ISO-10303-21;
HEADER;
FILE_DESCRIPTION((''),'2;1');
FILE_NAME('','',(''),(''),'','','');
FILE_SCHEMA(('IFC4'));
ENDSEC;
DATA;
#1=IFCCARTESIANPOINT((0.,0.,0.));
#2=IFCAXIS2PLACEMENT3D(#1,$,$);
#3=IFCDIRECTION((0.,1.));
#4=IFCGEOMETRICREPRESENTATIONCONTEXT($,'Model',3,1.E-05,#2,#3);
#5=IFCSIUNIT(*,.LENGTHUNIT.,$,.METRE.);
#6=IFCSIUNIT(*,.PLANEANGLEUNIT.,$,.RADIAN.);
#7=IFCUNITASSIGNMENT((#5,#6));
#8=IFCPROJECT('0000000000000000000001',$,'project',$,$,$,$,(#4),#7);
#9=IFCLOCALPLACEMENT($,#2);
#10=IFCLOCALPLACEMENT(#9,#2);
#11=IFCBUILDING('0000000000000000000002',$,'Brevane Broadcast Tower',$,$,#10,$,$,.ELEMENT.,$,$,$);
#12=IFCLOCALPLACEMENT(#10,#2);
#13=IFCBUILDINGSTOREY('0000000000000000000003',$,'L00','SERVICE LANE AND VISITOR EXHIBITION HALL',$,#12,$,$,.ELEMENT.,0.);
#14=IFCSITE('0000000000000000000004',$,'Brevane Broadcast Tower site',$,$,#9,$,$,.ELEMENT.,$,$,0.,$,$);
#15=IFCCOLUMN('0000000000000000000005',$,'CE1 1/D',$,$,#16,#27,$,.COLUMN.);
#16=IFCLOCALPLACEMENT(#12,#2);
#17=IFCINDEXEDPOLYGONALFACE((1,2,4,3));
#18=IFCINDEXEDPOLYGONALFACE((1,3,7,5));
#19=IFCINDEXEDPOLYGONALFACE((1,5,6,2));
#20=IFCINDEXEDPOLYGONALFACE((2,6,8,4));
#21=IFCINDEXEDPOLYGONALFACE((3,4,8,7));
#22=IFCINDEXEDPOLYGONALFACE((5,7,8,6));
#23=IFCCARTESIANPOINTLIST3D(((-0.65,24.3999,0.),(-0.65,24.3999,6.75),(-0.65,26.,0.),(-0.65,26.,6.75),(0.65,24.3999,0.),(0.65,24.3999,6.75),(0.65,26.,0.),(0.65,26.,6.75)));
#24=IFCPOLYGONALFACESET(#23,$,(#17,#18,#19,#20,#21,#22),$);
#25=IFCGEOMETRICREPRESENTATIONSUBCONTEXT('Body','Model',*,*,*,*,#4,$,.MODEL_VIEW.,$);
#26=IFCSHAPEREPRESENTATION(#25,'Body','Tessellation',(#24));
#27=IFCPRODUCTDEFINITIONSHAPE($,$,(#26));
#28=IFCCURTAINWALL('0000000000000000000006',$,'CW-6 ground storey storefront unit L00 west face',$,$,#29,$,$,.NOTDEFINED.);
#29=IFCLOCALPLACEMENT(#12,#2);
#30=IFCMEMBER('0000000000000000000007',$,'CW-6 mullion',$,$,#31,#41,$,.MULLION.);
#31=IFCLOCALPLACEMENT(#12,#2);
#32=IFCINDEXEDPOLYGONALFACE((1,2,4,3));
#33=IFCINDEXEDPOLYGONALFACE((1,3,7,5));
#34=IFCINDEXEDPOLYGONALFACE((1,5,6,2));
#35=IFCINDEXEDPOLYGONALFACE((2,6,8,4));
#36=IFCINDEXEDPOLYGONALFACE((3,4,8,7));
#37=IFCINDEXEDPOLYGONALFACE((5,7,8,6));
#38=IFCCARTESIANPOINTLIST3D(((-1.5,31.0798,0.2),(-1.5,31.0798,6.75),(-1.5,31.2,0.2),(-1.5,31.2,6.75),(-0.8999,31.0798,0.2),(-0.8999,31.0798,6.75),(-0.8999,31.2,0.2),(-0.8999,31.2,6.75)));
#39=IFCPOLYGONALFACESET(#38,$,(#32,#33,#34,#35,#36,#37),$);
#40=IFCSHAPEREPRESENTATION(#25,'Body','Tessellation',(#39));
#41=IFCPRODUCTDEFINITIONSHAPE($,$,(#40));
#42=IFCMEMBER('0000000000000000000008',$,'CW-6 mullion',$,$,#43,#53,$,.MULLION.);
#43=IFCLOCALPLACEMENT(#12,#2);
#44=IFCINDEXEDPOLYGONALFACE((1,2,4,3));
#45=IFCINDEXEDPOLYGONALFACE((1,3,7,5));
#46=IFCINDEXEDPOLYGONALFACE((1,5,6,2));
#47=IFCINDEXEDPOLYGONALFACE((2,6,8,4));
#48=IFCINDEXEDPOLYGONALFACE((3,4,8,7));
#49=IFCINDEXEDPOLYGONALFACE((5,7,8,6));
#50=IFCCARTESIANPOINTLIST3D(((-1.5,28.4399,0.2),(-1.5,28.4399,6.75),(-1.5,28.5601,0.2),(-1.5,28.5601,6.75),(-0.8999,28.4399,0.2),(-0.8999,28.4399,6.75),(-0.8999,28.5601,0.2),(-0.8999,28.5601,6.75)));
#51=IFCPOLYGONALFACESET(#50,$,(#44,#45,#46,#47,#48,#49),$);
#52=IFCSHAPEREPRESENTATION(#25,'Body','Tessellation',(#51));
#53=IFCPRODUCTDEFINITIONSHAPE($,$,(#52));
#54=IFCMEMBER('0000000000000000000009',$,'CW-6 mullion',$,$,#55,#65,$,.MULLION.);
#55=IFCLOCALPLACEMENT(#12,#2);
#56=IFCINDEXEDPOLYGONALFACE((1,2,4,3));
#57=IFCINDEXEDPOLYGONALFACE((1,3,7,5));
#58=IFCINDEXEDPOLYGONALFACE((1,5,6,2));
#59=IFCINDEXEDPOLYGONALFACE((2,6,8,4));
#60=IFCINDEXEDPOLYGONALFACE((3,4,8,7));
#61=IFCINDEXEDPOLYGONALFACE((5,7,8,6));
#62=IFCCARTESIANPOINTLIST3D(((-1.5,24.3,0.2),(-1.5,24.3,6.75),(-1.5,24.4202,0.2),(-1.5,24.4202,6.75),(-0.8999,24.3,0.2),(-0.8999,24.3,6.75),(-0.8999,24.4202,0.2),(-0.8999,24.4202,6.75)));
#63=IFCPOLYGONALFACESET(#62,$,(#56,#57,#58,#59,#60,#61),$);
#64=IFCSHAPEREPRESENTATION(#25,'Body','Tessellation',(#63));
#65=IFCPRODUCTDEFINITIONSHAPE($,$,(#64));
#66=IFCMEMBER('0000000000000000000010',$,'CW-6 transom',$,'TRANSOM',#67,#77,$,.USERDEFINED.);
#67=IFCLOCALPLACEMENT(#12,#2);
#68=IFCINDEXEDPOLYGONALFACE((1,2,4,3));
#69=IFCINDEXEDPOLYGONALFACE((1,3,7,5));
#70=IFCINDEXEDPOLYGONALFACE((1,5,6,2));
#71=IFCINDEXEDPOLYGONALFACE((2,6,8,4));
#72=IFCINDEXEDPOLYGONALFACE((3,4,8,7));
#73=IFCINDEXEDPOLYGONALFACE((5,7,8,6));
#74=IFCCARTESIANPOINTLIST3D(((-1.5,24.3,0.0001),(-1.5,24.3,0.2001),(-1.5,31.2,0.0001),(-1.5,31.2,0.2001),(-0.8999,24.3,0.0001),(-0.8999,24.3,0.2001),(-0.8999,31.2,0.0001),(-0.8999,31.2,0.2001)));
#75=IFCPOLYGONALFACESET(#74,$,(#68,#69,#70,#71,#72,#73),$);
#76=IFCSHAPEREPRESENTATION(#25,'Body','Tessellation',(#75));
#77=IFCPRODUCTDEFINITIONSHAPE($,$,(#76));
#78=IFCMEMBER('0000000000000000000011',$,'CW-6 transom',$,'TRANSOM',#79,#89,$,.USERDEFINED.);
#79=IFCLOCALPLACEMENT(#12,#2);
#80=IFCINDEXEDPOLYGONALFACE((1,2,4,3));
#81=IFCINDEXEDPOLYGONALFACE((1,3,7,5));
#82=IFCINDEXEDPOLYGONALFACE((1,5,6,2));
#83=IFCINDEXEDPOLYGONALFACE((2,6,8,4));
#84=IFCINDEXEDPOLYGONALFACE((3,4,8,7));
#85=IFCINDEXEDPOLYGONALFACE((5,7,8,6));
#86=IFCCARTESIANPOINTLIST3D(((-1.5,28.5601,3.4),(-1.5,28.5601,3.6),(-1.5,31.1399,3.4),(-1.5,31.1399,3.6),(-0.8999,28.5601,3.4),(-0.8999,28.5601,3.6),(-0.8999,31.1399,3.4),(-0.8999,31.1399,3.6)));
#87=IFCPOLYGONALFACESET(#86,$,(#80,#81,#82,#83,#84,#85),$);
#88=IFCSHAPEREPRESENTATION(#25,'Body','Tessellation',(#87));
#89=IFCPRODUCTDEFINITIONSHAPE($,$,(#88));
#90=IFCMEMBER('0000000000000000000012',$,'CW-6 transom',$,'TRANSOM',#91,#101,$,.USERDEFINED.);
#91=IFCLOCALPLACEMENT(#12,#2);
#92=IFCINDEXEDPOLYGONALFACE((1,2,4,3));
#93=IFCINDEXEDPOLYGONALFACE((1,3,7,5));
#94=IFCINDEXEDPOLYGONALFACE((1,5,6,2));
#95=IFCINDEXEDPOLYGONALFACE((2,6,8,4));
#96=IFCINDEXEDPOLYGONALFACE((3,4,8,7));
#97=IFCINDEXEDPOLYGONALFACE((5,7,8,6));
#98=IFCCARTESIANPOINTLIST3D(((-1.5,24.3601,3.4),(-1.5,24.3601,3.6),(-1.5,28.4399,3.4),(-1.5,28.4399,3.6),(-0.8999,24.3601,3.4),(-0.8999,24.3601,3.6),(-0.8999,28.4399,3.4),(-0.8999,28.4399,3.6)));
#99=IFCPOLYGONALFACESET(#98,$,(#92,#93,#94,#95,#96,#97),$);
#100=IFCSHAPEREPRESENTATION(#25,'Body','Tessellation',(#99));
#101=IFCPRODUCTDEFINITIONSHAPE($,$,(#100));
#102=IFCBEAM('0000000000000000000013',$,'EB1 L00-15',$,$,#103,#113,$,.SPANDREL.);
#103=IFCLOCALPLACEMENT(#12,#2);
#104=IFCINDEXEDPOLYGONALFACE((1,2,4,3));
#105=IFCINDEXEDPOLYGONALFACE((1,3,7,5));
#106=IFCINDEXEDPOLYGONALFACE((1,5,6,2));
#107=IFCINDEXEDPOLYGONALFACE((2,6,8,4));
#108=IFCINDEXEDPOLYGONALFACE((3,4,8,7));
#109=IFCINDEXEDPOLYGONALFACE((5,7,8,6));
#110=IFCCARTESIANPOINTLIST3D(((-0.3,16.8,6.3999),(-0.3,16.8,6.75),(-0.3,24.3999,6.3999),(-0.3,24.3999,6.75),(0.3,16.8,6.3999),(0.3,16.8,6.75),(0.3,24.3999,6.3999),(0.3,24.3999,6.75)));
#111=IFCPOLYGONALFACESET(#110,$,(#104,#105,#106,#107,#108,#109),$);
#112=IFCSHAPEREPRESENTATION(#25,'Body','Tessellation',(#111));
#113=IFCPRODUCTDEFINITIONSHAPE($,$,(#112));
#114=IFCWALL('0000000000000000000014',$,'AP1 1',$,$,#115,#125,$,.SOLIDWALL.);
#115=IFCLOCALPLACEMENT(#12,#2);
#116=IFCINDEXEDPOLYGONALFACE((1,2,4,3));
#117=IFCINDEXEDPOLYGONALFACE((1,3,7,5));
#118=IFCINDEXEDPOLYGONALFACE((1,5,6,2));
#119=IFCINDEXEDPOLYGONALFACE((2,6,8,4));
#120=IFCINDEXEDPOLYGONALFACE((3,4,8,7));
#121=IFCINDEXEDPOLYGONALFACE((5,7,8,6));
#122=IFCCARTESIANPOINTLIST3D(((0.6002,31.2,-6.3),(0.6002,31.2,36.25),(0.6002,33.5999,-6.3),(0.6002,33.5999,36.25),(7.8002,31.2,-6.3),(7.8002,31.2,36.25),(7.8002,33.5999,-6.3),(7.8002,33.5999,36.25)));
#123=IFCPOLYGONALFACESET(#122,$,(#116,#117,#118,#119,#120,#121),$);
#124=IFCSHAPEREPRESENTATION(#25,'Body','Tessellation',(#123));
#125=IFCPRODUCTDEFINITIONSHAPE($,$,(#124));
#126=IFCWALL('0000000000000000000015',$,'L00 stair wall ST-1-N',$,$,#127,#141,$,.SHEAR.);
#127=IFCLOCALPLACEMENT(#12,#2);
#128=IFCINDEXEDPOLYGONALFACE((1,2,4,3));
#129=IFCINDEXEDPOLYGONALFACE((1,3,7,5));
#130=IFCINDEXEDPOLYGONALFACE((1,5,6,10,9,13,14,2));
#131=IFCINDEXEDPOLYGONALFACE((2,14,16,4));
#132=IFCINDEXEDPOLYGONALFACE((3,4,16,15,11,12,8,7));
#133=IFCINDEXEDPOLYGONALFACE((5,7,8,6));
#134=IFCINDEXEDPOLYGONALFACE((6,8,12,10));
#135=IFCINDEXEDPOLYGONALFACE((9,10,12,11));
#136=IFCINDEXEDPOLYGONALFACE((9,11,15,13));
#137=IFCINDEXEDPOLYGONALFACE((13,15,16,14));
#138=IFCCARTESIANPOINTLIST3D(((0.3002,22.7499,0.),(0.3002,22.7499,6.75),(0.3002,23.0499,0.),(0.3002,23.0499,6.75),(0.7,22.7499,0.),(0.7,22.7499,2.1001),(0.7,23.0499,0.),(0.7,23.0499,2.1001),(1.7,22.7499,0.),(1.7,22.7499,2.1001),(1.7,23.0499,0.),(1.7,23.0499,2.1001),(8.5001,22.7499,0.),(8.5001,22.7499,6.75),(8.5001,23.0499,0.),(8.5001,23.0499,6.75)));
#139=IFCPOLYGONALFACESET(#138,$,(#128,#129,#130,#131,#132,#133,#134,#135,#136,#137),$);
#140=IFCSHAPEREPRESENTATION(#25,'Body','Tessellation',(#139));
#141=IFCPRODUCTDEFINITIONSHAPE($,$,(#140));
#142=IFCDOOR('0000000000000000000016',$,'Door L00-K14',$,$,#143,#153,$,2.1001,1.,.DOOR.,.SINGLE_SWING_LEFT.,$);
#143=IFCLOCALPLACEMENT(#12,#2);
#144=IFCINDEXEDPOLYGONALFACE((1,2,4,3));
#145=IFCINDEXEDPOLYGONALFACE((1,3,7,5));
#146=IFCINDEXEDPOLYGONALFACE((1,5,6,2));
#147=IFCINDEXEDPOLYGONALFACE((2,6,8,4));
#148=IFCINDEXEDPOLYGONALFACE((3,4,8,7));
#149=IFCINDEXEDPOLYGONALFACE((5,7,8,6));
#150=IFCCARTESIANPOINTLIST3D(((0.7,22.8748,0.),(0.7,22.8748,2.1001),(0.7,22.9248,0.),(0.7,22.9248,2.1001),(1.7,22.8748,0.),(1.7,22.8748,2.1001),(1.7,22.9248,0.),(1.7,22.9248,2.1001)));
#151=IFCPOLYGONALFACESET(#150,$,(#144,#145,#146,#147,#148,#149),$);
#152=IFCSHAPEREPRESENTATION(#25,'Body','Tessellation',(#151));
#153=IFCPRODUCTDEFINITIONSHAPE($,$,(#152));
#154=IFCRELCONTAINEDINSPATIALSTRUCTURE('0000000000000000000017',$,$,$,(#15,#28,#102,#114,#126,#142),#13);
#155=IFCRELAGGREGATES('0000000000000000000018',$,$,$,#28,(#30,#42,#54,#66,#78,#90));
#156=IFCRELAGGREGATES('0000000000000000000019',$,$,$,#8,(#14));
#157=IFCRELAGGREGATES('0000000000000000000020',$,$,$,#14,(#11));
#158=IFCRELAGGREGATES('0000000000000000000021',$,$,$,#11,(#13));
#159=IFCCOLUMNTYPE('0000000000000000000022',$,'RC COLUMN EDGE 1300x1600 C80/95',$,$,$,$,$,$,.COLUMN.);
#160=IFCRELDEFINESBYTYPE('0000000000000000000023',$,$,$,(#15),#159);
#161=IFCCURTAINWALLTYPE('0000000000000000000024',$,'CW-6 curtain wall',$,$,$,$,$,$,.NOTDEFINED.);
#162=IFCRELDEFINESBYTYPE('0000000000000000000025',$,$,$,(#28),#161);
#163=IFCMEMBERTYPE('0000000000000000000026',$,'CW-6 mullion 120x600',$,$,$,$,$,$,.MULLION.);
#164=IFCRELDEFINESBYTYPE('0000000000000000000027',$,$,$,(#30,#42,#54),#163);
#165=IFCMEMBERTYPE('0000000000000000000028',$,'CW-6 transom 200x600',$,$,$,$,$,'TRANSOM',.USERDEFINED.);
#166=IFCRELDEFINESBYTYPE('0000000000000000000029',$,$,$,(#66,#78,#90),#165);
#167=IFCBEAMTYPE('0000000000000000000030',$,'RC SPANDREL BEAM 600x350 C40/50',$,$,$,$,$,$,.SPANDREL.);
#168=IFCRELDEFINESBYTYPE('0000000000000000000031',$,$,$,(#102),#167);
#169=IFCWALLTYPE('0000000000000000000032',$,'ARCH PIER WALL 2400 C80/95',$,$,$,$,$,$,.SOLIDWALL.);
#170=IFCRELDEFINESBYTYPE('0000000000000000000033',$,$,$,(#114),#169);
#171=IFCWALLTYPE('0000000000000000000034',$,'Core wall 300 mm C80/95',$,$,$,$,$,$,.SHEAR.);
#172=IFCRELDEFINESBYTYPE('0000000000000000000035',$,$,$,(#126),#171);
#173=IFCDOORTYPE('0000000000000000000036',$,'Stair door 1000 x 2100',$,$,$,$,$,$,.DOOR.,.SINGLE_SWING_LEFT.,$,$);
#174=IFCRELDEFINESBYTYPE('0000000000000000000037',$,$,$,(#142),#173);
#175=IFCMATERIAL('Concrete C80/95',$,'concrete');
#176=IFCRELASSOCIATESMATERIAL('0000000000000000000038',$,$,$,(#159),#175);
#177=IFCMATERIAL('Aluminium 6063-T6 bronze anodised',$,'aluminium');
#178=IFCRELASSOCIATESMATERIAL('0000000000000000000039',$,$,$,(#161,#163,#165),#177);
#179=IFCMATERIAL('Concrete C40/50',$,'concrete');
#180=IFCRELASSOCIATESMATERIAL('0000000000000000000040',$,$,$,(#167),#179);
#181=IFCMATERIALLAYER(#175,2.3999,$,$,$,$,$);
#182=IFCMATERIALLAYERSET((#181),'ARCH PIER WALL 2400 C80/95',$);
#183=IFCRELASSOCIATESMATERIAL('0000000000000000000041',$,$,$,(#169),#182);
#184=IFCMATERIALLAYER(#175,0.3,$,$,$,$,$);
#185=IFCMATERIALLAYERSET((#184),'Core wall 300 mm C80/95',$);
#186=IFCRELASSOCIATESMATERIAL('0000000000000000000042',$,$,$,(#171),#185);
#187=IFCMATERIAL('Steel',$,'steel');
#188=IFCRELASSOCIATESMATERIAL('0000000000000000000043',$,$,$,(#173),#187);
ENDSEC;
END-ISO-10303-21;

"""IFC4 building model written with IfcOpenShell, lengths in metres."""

from ifc_helpers import new_model, si_unit, direction, frame, frame_2d, origin, origin_2d, place, context, subcontext, project, spatial, rectangle, extrude, material, layer, layer_set, material_profile, profile_set, type_object, element, fill, aggregate, save


model = new_model("IFC4")

# Units and contexts
model_context = context("Model", 3, precision=1e-05, world=origin(), true_north=direction((0.0, 1.0)))
body_context = subcontext(model_context, "Body", "Model", "MODEL_VIEW")
ifc_project = project(units=[si_unit("LENGTHUNIT", "METRE"), si_unit("PLANEANGLEUNIT", "RADIAN")], contexts=[model_context])

# Site, building, storey
site_placement = place(None, origin())
site = spatial("IfcSite", under=ifc_project, at=site_placement, Name="Brevane Broadcast Tower site", CompositionType="ELEMENT", RefElevation=0.0)
building_placement = place(site_placement, origin())
building = spatial("IfcBuilding", under=site, at=building_placement, Name="Brevane Broadcast Tower", CompositionType="ELEMENT")
storey_placement = place(building_placement, origin())
storey = spatial("IfcBuildingStorey", under=building, at=storey_placement, Name="L00", Description="SERVICE LANE AND VISITOR EXHIBITION HALL", CompositionType="ELEMENT", Elevation=0.0)

# Column
ifc_material_1 = material(Name="Concrete C80/95", Category="concrete")
ifc_material_profile_1 = material_profile(ifc_material_1, rectangle(XDim=1.3, YDim=1.6001, at=origin_2d()), Name="RC 1300x1600")
ifc_profile_set_1 = profile_set([ifc_material_profile_1], Name="Concrete C80/95")
column_type = type_object("IfcColumnType", Name="RC COLUMN EDGE 1300x1600 C80/95", PredefinedType="COLUMN", material=ifc_profile_set_1)
column_placement = place(storey_placement, frame((0.0, 25.2, 0.0), z_axis=(0.0, 0.0, 1.0), x_axis=(1.0, 0.0, 0.0)))
element("IfcColumn", 1, at=column_placement, inside=storey, type_object=column_type, Name="CE1 1/D", PredefinedType="COLUMN", context=body_context, shape_type="SweptSolid", body=[
    extrude(rectangle(XDim=1.3, YDim=1.6001, at=origin_2d()), origin(), (0.0, 0.0, 1.0), 6.75),
])

# Curtain wall, members
ifc_material_2 = material(Name="Aluminium 6063-T6 bronze anodised", Category="aluminium")
curtain_wall_type = type_object("IfcCurtainWallType", Name="CW-6 curtain wall", PredefinedType="NOTDEFINED", material=ifc_material_2)
curtain_wall_placement = place(storey_placement, origin())
curtain_wall = element("IfcCurtainWall", 2, at=curtain_wall_placement, inside=storey, type_object=curtain_wall_type, Name="CW-6 ground storey storefront unit L00 west face", PredefinedType="NOTDEFINED")
ifc_material_profile_2 = material_profile(ifc_material_2, rectangle(XDim=0.6001, YDim=0.1201, at=origin_2d()), Name="RECT 120x600")
ifc_profile_set_2 = profile_set([ifc_material_profile_2], Name="Aluminium 6063-T6 bronze anodised")
member_type_1 = type_object("IfcMemberType", Name="CW-6 mullion 120x600", PredefinedType="MULLION", material=ifc_profile_set_2)
member_1_placement = place(storey_placement, frame((-1.2, 31.1399, 0.2), z_axis=(0.0, 0.0, 1.0), x_axis=(1.0, 0.0, 0.0)))
member_1 = element("IfcMember", 3, at=member_1_placement, type_object=member_type_1, Name="CW-6 mullion", PredefinedType="MULLION", context=body_context, shape_type="SweptSolid", body=[
    extrude(rectangle(XDim=0.6001, YDim=0.1201, at=origin_2d()), origin(), (0.0, 0.0, 1.0), 6.55),
])
member_2_placement = place(storey_placement, frame((-1.2, 28.5, 0.2), z_axis=(0.0, 0.0, 1.0), x_axis=(1.0, 0.0, 0.0)))
member_2 = element("IfcMember", 4, at=member_2_placement, type_object=member_type_1, Name="CW-6 mullion", PredefinedType="MULLION", context=body_context, shape_type="SweptSolid", body=[
    extrude(rectangle(XDim=0.6001, YDim=0.1201, at=origin_2d()), origin(), (0.0, 0.0, 1.0), 6.55),
])
member_3_placement = place(storey_placement, frame((-1.2, 24.3601, 0.2), z_axis=(0.0, 0.0, 1.0), x_axis=(1.0, 0.0, 0.0)))
member_3 = element("IfcMember", 5, at=member_3_placement, type_object=member_type_1, Name="CW-6 mullion", PredefinedType="MULLION", context=body_context, shape_type="SweptSolid", body=[
    extrude(rectangle(XDim=0.6001, YDim=0.1201, at=origin_2d()), origin(), (0.0, 0.0, 1.0), 6.55),
])
ifc_material_profile_3 = material_profile(ifc_material_2, rectangle(XDim=0.6001, YDim=0.2, at=origin_2d()), Name="RECT 200x600")
ifc_profile_set_3 = profile_set([ifc_material_profile_3], Name="Aluminium 6063-T6 bronze anodised")
member_type_2 = type_object("IfcMemberType", Name="CW-6 transom 200x600", ElementType="TRANSOM", PredefinedType="USERDEFINED", material=ifc_profile_set_3)
member_4_placement = place(storey_placement, frame((-1.2, 31.2, 0.1001), z_axis=(0.0, -1.0, 0.0), x_axis=(1.0, 0.0, 0.0)))
member_4 = element("IfcMember", 6, at=member_4_placement, type_object=member_type_2, Name="CW-6 transom", ObjectType="TRANSOM", PredefinedType="USERDEFINED", context=body_context, shape_type="SweptSolid", body=[
    extrude(rectangle(XDim=0.6001, YDim=0.2, at=origin_2d()), origin(), (0.0, 0.0, 1.0), 6.8999),
])
member_5_placement = place(storey_placement, frame((-1.2, 31.1399, 3.5), z_axis=(0.0, -1.0, 0.0), x_axis=(1.0, 0.0, 0.0)))
member_5 = element("IfcMember", 7, at=member_5_placement, type_object=member_type_2, Name="CW-6 transom", ObjectType="TRANSOM", PredefinedType="USERDEFINED", context=body_context, shape_type="SweptSolid", body=[
    extrude(rectangle(XDim=0.6001, YDim=0.2, at=origin_2d()), origin(), (0.0, 0.0, 1.0), 2.5798),
])
member_6_placement = place(storey_placement, frame((-1.2, 28.4399, 3.5), z_axis=(0.0, -1.0, 0.0), x_axis=(1.0, 0.0, 0.0)))
member_6 = element("IfcMember", 8, at=member_6_placement, type_object=member_type_2, Name="CW-6 transom", ObjectType="TRANSOM", PredefinedType="USERDEFINED", context=body_context, shape_type="SweptSolid", body=[
    extrude(rectangle(XDim=0.6001, YDim=0.2, at=origin_2d()), origin(), (0.0, 0.0, 1.0), 4.0798),
])
aggregate(curtain_wall, [member_1, member_2, member_3, member_4, member_5, member_6])

# Beam
ifc_material_3 = material(Name="Concrete C40/50", Category="concrete")
ifc_material_profile_4 = material_profile(ifc_material_3, rectangle(XDim=0.6001, YDim=0.3501, at=origin_2d()), Name="RC 600x350")
ifc_profile_set_4 = profile_set([ifc_material_profile_4], Name="Concrete C40/50")
beam_type = type_object("IfcBeamType", Name="RC SPANDREL BEAM 600x350 C40/50", PredefinedType="SPANDREL", material=ifc_profile_set_4)
beam_placement = place(storey_placement, frame((0.0, 24.3999, 6.575), z_axis=(0.0, -1.0, 0.0), x_axis=(1.0, 0.0, 0.0)))
element("IfcBeam", 9, at=beam_placement, inside=storey, type_object=beam_type, Name="EB1 L00-15", PredefinedType="SPANDREL", context=body_context, shape_type="SweptSolid", body=[
    extrude(rectangle(XDim=0.6001, YDim=0.3501, at=origin_2d()), origin(), (0.0, 0.0, 1.0), 7.5999),
])

# Wall
ifc_layer_1 = layer(ifc_material_1, 2.3999)
ifc_layer_set_1 = layer_set([ifc_layer_1], Name="ARCH PIER WALL 2400 C80/95")
wall_type_1 = type_object("IfcWallType", Name="ARCH PIER WALL 2400 C80/95", PredefinedType="SOLIDWALL", material=ifc_layer_set_1)
wall_1_placement = place(storey_placement, frame((0.6001, 32.3999, -6.3), z_axis=(0.0, 0.0, 1.0), x_axis=(1.0, 0.0, 0.0)))
element("IfcWall", 10, at=wall_1_placement, inside=storey, type_object=wall_type_1, Name="AP1 1", PredefinedType="SOLIDWALL", context=body_context, shape_type="SweptSolid", body=[
    extrude(rectangle(XDim=7.2, YDim=2.3999, at=frame_2d((3.6001, 0.0))), origin(), (0.0, 0.0, 1.0), 42.55),
])

# Wall, opening, door
ifc_layer_2 = layer(ifc_material_1, 0.3)
ifc_layer_set_2 = layer_set([ifc_layer_2], Name="Core wall 300 mm C80/95")
wall_type_2 = type_object("IfcWallType", Name="Core wall 300 mm C80/95", PredefinedType="SHEAR", material=ifc_layer_set_2)
wall_2_placement = place(storey_placement, frame((0.3, 22.8999, 0.0), z_axis=(0.0, 0.0, 1.0), x_axis=(1.0, 0.0, 0.0)))
wall_2 = element("IfcWall", 11, at=wall_2_placement, inside=storey, type_object=wall_type_2, Name="L00 stair wall ST-1-N", PredefinedType="SHEAR", context=body_context, shape_type="SweptSolid", body=[
    extrude(rectangle(XDim=8.2, YDim=0.3, at=frame_2d((4.1001, 0.0))), origin(), (0.0, 0.0, 1.0), 6.75),
])
opening_placement = place(wall_2_placement, frame((0.3999, 0.0, 0.0)))
opening = element("IfcOpeningElement", 12, at=opening_placement, cuts=wall_2, PredefinedType="OPENING", context=body_context, shape_type="SweptSolid", body=[
    extrude(rectangle(XDim=1.0, YDim=2.1001, at=frame_2d((0.5, 1.05))), frame((0.0, 0.1599, 0.0), z_axis=(0.0, -1.0, 0.0), x_axis=(1.0, 0.0, 0.0)), (0.0, 0.0, 1.0), 0.3201),
])
ifc_material_4 = material(Name="Steel", Category="steel")
door_type = type_object("IfcDoorType", Name="Stair door 1000 x 2100", OperationType="SINGLE_SWING_LEFT", PredefinedType="DOOR", material=ifc_material_4)
door_placement = place(opening_placement, origin())
door = element("IfcDoor", 13, at=door_placement, inside=storey, type_object=door_type, Name="Door L00-K14", OperationType="SINGLE_SWING_LEFT", OverallHeight=2.1001, OverallWidth=1.0, PredefinedType="DOOR", context=body_context, shape_type="SweptSolid", body=[
    extrude(rectangle(XDim=1.0, YDim=2.1001, at=frame_2d((0.5, 1.05))), frame((0.0, 0.0249, 0.0), z_axis=(0.0, -1.0, 0.0), x_axis=(1.0, 0.0, 0.0)), (0.0, 0.0, 1.0), 0.05),
])
fill(opening, door)

save(model, "model.ifc")
